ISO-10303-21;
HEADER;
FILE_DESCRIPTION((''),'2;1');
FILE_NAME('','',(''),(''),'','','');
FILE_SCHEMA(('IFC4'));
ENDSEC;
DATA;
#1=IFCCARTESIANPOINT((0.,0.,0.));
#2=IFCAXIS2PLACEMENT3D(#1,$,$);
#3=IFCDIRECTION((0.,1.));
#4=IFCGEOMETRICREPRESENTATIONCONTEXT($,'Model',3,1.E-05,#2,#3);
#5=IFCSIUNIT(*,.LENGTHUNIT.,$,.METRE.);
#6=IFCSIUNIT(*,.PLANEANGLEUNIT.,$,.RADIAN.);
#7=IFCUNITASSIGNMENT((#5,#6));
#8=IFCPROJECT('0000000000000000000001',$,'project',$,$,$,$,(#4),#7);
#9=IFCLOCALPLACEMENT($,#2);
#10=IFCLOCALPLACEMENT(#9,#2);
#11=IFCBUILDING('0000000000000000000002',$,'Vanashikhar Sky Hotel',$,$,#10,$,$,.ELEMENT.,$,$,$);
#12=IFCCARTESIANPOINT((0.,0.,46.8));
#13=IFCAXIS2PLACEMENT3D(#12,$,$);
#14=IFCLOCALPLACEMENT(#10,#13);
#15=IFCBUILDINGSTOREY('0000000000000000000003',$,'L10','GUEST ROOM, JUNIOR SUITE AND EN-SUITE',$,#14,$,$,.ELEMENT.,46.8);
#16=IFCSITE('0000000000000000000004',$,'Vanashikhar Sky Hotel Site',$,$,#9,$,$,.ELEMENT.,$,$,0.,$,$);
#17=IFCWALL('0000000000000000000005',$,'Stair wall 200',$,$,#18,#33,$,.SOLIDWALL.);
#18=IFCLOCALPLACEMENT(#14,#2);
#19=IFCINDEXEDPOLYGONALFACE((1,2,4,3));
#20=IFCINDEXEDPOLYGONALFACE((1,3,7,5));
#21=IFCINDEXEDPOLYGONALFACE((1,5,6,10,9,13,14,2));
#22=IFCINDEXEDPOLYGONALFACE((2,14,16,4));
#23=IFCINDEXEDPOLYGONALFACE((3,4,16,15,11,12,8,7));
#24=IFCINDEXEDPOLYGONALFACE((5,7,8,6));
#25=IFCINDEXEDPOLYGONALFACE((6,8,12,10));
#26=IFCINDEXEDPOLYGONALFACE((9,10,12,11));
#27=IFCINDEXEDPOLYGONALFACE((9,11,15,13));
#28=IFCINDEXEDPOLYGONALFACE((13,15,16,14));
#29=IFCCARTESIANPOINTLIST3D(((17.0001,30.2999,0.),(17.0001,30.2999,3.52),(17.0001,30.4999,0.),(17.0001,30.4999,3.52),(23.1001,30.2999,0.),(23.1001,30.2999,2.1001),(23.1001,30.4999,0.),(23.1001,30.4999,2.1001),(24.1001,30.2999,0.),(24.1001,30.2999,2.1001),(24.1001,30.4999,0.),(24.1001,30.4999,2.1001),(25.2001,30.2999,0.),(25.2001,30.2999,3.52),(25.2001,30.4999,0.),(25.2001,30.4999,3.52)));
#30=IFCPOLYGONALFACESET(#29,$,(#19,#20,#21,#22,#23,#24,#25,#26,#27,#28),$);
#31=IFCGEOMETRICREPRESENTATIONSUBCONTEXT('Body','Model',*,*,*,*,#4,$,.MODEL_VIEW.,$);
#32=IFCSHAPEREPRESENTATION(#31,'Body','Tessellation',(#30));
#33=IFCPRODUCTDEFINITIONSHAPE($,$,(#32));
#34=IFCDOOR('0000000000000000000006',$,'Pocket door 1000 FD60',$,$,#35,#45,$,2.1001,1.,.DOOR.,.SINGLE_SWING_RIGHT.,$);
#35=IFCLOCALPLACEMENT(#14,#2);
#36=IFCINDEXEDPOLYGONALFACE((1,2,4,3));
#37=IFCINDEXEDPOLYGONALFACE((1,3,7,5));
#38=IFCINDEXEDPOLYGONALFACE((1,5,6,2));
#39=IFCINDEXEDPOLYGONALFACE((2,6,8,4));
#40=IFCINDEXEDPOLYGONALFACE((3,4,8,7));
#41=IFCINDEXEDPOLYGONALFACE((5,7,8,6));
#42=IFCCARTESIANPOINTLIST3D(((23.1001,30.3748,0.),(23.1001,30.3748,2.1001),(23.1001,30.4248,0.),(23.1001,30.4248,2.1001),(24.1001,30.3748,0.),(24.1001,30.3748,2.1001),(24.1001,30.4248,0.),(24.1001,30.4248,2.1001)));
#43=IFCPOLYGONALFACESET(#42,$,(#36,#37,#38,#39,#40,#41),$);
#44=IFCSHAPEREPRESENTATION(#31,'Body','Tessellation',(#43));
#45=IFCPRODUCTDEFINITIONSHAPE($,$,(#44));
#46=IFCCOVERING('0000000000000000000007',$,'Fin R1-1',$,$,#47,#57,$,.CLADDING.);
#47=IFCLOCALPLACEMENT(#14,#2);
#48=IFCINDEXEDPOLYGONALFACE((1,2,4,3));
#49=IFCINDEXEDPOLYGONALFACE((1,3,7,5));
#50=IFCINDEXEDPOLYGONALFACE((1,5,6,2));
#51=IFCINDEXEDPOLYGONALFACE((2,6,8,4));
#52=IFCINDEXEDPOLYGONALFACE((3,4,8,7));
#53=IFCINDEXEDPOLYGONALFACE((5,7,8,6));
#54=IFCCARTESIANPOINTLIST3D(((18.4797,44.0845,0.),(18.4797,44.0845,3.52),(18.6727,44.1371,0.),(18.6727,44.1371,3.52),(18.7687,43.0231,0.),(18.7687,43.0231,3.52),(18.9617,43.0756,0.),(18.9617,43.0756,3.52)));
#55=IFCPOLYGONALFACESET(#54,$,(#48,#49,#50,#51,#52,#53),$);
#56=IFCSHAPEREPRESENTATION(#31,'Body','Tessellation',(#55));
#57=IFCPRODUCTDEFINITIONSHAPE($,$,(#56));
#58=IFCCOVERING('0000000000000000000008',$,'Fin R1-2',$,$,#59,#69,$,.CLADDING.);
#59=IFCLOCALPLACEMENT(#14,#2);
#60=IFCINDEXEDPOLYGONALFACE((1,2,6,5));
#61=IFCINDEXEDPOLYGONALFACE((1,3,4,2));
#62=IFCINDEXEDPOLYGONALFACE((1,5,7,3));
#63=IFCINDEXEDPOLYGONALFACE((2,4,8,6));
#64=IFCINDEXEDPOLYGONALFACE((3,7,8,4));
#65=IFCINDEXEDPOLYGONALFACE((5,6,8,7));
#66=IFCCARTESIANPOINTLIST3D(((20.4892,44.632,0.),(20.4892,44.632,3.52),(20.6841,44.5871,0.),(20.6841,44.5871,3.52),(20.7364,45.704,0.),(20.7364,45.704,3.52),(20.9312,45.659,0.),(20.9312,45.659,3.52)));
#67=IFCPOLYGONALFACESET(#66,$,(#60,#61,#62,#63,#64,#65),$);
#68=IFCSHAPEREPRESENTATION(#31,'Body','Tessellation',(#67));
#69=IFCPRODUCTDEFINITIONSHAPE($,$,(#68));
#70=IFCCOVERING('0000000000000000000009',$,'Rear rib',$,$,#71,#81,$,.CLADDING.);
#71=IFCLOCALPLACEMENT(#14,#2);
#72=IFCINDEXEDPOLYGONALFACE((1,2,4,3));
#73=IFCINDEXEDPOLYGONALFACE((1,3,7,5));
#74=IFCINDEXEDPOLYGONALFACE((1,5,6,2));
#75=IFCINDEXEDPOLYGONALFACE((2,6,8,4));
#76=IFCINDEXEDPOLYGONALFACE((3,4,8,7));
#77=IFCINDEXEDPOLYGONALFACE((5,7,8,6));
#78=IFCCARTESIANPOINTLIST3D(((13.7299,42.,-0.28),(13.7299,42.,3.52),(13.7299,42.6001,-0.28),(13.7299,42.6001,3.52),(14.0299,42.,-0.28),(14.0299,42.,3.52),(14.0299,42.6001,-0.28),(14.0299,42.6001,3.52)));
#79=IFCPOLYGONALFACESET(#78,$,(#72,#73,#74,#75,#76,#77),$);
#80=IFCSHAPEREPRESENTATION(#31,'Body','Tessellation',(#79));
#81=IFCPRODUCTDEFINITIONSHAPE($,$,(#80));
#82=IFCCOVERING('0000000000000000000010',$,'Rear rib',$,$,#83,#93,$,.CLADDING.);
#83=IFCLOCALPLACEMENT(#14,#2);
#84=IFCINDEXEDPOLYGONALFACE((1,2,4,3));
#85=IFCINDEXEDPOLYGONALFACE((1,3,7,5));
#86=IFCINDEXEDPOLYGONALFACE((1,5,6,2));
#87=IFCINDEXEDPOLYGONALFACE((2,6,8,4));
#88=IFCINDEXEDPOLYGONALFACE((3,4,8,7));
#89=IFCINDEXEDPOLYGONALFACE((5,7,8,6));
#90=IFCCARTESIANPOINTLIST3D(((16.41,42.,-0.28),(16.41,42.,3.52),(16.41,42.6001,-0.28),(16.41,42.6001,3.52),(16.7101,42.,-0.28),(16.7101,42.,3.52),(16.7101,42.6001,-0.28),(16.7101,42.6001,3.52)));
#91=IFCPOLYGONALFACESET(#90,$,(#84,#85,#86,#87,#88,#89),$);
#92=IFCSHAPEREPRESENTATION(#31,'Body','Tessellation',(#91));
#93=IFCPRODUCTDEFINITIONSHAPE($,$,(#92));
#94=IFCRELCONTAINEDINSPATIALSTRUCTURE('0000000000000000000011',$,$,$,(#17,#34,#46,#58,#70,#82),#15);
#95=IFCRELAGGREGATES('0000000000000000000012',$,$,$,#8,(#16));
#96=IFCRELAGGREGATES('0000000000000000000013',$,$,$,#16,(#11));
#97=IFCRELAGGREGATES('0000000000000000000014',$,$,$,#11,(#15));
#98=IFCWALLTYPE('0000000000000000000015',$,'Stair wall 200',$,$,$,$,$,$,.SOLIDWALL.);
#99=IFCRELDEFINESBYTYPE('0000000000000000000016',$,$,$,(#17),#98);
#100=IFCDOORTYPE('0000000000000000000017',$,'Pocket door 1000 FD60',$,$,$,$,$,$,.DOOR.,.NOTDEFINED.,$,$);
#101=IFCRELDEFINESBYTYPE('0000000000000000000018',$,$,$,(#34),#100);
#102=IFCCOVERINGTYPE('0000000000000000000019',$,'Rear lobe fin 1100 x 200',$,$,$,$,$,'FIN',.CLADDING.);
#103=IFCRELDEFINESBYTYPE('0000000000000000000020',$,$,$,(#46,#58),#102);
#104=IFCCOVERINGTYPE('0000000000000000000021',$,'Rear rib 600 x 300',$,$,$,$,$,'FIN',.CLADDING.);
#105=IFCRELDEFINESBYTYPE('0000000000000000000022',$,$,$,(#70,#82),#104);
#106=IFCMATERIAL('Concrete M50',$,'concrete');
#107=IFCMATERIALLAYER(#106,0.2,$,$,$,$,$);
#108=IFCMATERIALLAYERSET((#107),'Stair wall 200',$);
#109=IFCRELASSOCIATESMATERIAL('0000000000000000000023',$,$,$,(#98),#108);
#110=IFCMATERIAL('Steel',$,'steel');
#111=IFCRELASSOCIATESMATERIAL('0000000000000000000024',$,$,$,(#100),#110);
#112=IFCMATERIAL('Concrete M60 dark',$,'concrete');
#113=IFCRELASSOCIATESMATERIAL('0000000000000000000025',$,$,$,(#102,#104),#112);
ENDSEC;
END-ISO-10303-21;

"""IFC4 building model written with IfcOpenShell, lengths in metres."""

from ifc_helpers import new_model, si_unit, direction, frame, frame_2d, origin, origin_2d, place, context, subcontext, project, spatial, rectangle, extrude, source, transform, mapped, material, layer, layer_set, material_profile, profile_set, type_object, element, fill, save


model = new_model("IFC4")

# Units and contexts
model_context = context("Model", 3, precision=1e-05, world=origin(), true_north=direction((0.0, 1.0)))
body_context = subcontext(model_context, "Body", "Model", "MODEL_VIEW")
ifc_project = project(units=[si_unit("LENGTHUNIT", "METRE"), si_unit("PLANEANGLEUNIT", "RADIAN")], contexts=[model_context])

# Site, building, storey
site_placement = place(None, origin())
site = spatial("IfcSite", under=ifc_project, at=site_placement, Name="Vanashikhar Sky Hotel Site", CompositionType="ELEMENT", RefElevation=0.0)
building_placement = place(site_placement, origin())
building = spatial("IfcBuilding", under=site, at=building_placement, Name="Vanashikhar Sky Hotel", CompositionType="ELEMENT")
storey_placement = place(building_placement, frame((0.0, 0.0, 46.8)))
storey = spatial("IfcBuildingStorey", under=building, at=storey_placement, Name="L10", Description="GUEST ROOM, JUNIOR SUITE AND EN-SUITE", CompositionType="ELEMENT", Elevation=46.8)

# Shared definitions
ifc_material_1 = material(Name="Concrete M50", Category="concrete")

# Wall, opening, door
ifc_layer_1 = layer(ifc_material_1, 0.2)
ifc_layer_set_1 = layer_set([ifc_layer_1], Name="Stair wall 200")
wall_type_1 = type_object("IfcWallType", Name="Stair wall 200", PredefinedType="SOLIDWALL", material=ifc_layer_set_1)
shared_shape_1 = source(origin(), body_context, "Body", "SweptSolid", [
    extrude(rectangle(XDim=8.2, YDim=0.2, at=frame_2d((4.1001, 0.0))), origin(), (0.0, 0.0, 1.0), 3.52),
])
wall_1_placement = place(storey_placement, frame((17.0, 30.3999, 0.0), z_axis=(0.0, 0.0, 1.0), x_axis=(1.0, 0.0, 0.0)))
wall_1 = element("IfcWall", 1, at=wall_1_placement, inside=storey, type_object=wall_type_1, Name="Stair wall 200", PredefinedType="SOLIDWALL", context=body_context, shape_type="MappedRepresentation", body=[
    mapped(shared_shape_1, transform((0.0, 0.0, 0.0), scale=1.0)),
])
shared_shape_2 = source(origin(), body_context, "Body", "SweptSolid", [
    extrude(rectangle(XDim=1.0, YDim=2.1001, at=frame_2d((0.5, 1.05))), frame((0.0, 0.1099, 0.0), z_axis=(0.0, -1.0, 0.0), x_axis=(1.0, 0.0, 0.0)), (0.0, 0.0, 1.0), 0.22),
])
opening_1_placement = place(wall_1_placement, frame((6.1001, 0.0, 0.0)))
opening_1 = element("IfcOpeningElement", 2, at=opening_1_placement, cuts=wall_1, PredefinedType="OPENING", context=body_context, shape_type="MappedRepresentation", body=[
    mapped(shared_shape_2, transform((0.0, 0.0, 0.0), scale=1.0)),
])
ifc_material_2 = material(Name="Steel", Category="steel")
door_type = type_object("IfcDoorType", Name="Pocket door 1000 FD60", OperationType="NOTDEFINED", PredefinedType="DOOR", material=ifc_material_2)
shared_shape_3 = source(origin(), body_context, "Body", "SweptSolid", [
    extrude(rectangle(XDim=1.0, YDim=2.1001, at=frame_2d((0.5, 1.05))), frame((0.0, 0.0249, 0.0), z_axis=(0.0, -1.0, 0.0), x_axis=(1.0, 0.0, 0.0)), (0.0, 0.0, 1.0), 0.05),
])
door_placement = place(opening_1_placement, origin())
door = element("IfcDoor", 3, at=door_placement, inside=storey, type_object=door_type, Name="Pocket door 1000 FD60", OperationType="SINGLE_SWING_RIGHT", OverallHeight=2.1001, OverallWidth=1.0, PredefinedType="DOOR", context=body_context, shape_type="MappedRepresentation", body=[
    mapped(shared_shape_3, transform((0.0, 0.0, 0.0), scale=1.0)),
])
fill(opening_1, door)

# Coverings
ifc_material_3 = material(Name="Concrete M60 dark", Category="concrete")
ifc_material_profile_1 = material_profile(ifc_material_3, rectangle(XDim=1.1001, YDim=0.2, at=origin_2d()))
ifc_profile_set_1 = profile_set([ifc_material_profile_1], Name="Rear lobe fin 1100 x 200")
covering_type_1 = type_object("IfcCoveringType", Name="Rear lobe fin 1100 x 200", ElementType="FIN", PredefinedType="CLADDING", material=ifc_profile_set_1)
shared_shape_4 = source(origin(), body_context, "Body", "SweptSolid", [
    extrude(rectangle(XDim=1.1001, YDim=0.2, at=origin_2d()), origin(), (0.0, 0.0, 1.0), 3.52),
])
for number, where, z_axis, x_axis, name in (
    (4, (18.7207, 43.5801, 0.0), (0.0, 0.0, 1.0), (-0.262711, 0.964874, 0.0), "Fin R1-1"),
    (5, (20.7102, 45.1455, 0.0), (0.0, 0.0, 1.0), (0.224645, 0.974441, 0.0), "Fin R1-2"),
):
    element("IfcCovering", number, at=place(storey_placement, frame(where, z_axis=z_axis, x_axis=x_axis)), inside=storey, type_object=covering_type_1, Name=name, PredefinedType="CLADDING", context=body_context, shape_type="MappedRepresentation", body=[
        mapped(shared_shape_4, transform((0.0, 0.0, 0.0), scale=1.0)),
    ])
ifc_material_profile_2 = material_profile(ifc_material_3, rectangle(XDim=0.6001, YDim=0.3, at=origin_2d()))
ifc_profile_set_2 = profile_set([ifc_material_profile_2], Name="Rear rib 600 x 300")
covering_type_2 = type_object("IfcCoveringType", Name="Rear rib 600 x 300", ElementType="FIN", PredefinedType="CLADDING", material=ifc_profile_set_2)
shared_shape_5 = source(origin(), body_context, "Body", "SweptSolid", [
    extrude(rectangle(XDim=0.6001, YDim=0.3, at=origin_2d()), origin(), (0.0, 0.0, 1.0), 3.8),
])
for number, where, z_axis, x_axis, name in (
    (6, (13.8799, 42.3, -0.28), (0.0, 0.0, 1.0), (0.0, 1.0, 0.0), "Rear rib"),
    (7, (16.5601, 42.3, -0.28), (0.0, 0.0, 1.0), (0.0, 1.0, 0.0), "Rear rib"),
):
    element("IfcCovering", number, at=place(storey_placement, frame(where, z_axis=z_axis, x_axis=x_axis)), inside=storey, type_object=covering_type_2, Name=name, PredefinedType="CLADDING", context=body_context, shape_type="MappedRepresentation", body=[
        mapped(shared_shape_5, transform((0.0, 0.0, 0.0), scale=1.0)),
    ])

save(model, "model.ifc")
